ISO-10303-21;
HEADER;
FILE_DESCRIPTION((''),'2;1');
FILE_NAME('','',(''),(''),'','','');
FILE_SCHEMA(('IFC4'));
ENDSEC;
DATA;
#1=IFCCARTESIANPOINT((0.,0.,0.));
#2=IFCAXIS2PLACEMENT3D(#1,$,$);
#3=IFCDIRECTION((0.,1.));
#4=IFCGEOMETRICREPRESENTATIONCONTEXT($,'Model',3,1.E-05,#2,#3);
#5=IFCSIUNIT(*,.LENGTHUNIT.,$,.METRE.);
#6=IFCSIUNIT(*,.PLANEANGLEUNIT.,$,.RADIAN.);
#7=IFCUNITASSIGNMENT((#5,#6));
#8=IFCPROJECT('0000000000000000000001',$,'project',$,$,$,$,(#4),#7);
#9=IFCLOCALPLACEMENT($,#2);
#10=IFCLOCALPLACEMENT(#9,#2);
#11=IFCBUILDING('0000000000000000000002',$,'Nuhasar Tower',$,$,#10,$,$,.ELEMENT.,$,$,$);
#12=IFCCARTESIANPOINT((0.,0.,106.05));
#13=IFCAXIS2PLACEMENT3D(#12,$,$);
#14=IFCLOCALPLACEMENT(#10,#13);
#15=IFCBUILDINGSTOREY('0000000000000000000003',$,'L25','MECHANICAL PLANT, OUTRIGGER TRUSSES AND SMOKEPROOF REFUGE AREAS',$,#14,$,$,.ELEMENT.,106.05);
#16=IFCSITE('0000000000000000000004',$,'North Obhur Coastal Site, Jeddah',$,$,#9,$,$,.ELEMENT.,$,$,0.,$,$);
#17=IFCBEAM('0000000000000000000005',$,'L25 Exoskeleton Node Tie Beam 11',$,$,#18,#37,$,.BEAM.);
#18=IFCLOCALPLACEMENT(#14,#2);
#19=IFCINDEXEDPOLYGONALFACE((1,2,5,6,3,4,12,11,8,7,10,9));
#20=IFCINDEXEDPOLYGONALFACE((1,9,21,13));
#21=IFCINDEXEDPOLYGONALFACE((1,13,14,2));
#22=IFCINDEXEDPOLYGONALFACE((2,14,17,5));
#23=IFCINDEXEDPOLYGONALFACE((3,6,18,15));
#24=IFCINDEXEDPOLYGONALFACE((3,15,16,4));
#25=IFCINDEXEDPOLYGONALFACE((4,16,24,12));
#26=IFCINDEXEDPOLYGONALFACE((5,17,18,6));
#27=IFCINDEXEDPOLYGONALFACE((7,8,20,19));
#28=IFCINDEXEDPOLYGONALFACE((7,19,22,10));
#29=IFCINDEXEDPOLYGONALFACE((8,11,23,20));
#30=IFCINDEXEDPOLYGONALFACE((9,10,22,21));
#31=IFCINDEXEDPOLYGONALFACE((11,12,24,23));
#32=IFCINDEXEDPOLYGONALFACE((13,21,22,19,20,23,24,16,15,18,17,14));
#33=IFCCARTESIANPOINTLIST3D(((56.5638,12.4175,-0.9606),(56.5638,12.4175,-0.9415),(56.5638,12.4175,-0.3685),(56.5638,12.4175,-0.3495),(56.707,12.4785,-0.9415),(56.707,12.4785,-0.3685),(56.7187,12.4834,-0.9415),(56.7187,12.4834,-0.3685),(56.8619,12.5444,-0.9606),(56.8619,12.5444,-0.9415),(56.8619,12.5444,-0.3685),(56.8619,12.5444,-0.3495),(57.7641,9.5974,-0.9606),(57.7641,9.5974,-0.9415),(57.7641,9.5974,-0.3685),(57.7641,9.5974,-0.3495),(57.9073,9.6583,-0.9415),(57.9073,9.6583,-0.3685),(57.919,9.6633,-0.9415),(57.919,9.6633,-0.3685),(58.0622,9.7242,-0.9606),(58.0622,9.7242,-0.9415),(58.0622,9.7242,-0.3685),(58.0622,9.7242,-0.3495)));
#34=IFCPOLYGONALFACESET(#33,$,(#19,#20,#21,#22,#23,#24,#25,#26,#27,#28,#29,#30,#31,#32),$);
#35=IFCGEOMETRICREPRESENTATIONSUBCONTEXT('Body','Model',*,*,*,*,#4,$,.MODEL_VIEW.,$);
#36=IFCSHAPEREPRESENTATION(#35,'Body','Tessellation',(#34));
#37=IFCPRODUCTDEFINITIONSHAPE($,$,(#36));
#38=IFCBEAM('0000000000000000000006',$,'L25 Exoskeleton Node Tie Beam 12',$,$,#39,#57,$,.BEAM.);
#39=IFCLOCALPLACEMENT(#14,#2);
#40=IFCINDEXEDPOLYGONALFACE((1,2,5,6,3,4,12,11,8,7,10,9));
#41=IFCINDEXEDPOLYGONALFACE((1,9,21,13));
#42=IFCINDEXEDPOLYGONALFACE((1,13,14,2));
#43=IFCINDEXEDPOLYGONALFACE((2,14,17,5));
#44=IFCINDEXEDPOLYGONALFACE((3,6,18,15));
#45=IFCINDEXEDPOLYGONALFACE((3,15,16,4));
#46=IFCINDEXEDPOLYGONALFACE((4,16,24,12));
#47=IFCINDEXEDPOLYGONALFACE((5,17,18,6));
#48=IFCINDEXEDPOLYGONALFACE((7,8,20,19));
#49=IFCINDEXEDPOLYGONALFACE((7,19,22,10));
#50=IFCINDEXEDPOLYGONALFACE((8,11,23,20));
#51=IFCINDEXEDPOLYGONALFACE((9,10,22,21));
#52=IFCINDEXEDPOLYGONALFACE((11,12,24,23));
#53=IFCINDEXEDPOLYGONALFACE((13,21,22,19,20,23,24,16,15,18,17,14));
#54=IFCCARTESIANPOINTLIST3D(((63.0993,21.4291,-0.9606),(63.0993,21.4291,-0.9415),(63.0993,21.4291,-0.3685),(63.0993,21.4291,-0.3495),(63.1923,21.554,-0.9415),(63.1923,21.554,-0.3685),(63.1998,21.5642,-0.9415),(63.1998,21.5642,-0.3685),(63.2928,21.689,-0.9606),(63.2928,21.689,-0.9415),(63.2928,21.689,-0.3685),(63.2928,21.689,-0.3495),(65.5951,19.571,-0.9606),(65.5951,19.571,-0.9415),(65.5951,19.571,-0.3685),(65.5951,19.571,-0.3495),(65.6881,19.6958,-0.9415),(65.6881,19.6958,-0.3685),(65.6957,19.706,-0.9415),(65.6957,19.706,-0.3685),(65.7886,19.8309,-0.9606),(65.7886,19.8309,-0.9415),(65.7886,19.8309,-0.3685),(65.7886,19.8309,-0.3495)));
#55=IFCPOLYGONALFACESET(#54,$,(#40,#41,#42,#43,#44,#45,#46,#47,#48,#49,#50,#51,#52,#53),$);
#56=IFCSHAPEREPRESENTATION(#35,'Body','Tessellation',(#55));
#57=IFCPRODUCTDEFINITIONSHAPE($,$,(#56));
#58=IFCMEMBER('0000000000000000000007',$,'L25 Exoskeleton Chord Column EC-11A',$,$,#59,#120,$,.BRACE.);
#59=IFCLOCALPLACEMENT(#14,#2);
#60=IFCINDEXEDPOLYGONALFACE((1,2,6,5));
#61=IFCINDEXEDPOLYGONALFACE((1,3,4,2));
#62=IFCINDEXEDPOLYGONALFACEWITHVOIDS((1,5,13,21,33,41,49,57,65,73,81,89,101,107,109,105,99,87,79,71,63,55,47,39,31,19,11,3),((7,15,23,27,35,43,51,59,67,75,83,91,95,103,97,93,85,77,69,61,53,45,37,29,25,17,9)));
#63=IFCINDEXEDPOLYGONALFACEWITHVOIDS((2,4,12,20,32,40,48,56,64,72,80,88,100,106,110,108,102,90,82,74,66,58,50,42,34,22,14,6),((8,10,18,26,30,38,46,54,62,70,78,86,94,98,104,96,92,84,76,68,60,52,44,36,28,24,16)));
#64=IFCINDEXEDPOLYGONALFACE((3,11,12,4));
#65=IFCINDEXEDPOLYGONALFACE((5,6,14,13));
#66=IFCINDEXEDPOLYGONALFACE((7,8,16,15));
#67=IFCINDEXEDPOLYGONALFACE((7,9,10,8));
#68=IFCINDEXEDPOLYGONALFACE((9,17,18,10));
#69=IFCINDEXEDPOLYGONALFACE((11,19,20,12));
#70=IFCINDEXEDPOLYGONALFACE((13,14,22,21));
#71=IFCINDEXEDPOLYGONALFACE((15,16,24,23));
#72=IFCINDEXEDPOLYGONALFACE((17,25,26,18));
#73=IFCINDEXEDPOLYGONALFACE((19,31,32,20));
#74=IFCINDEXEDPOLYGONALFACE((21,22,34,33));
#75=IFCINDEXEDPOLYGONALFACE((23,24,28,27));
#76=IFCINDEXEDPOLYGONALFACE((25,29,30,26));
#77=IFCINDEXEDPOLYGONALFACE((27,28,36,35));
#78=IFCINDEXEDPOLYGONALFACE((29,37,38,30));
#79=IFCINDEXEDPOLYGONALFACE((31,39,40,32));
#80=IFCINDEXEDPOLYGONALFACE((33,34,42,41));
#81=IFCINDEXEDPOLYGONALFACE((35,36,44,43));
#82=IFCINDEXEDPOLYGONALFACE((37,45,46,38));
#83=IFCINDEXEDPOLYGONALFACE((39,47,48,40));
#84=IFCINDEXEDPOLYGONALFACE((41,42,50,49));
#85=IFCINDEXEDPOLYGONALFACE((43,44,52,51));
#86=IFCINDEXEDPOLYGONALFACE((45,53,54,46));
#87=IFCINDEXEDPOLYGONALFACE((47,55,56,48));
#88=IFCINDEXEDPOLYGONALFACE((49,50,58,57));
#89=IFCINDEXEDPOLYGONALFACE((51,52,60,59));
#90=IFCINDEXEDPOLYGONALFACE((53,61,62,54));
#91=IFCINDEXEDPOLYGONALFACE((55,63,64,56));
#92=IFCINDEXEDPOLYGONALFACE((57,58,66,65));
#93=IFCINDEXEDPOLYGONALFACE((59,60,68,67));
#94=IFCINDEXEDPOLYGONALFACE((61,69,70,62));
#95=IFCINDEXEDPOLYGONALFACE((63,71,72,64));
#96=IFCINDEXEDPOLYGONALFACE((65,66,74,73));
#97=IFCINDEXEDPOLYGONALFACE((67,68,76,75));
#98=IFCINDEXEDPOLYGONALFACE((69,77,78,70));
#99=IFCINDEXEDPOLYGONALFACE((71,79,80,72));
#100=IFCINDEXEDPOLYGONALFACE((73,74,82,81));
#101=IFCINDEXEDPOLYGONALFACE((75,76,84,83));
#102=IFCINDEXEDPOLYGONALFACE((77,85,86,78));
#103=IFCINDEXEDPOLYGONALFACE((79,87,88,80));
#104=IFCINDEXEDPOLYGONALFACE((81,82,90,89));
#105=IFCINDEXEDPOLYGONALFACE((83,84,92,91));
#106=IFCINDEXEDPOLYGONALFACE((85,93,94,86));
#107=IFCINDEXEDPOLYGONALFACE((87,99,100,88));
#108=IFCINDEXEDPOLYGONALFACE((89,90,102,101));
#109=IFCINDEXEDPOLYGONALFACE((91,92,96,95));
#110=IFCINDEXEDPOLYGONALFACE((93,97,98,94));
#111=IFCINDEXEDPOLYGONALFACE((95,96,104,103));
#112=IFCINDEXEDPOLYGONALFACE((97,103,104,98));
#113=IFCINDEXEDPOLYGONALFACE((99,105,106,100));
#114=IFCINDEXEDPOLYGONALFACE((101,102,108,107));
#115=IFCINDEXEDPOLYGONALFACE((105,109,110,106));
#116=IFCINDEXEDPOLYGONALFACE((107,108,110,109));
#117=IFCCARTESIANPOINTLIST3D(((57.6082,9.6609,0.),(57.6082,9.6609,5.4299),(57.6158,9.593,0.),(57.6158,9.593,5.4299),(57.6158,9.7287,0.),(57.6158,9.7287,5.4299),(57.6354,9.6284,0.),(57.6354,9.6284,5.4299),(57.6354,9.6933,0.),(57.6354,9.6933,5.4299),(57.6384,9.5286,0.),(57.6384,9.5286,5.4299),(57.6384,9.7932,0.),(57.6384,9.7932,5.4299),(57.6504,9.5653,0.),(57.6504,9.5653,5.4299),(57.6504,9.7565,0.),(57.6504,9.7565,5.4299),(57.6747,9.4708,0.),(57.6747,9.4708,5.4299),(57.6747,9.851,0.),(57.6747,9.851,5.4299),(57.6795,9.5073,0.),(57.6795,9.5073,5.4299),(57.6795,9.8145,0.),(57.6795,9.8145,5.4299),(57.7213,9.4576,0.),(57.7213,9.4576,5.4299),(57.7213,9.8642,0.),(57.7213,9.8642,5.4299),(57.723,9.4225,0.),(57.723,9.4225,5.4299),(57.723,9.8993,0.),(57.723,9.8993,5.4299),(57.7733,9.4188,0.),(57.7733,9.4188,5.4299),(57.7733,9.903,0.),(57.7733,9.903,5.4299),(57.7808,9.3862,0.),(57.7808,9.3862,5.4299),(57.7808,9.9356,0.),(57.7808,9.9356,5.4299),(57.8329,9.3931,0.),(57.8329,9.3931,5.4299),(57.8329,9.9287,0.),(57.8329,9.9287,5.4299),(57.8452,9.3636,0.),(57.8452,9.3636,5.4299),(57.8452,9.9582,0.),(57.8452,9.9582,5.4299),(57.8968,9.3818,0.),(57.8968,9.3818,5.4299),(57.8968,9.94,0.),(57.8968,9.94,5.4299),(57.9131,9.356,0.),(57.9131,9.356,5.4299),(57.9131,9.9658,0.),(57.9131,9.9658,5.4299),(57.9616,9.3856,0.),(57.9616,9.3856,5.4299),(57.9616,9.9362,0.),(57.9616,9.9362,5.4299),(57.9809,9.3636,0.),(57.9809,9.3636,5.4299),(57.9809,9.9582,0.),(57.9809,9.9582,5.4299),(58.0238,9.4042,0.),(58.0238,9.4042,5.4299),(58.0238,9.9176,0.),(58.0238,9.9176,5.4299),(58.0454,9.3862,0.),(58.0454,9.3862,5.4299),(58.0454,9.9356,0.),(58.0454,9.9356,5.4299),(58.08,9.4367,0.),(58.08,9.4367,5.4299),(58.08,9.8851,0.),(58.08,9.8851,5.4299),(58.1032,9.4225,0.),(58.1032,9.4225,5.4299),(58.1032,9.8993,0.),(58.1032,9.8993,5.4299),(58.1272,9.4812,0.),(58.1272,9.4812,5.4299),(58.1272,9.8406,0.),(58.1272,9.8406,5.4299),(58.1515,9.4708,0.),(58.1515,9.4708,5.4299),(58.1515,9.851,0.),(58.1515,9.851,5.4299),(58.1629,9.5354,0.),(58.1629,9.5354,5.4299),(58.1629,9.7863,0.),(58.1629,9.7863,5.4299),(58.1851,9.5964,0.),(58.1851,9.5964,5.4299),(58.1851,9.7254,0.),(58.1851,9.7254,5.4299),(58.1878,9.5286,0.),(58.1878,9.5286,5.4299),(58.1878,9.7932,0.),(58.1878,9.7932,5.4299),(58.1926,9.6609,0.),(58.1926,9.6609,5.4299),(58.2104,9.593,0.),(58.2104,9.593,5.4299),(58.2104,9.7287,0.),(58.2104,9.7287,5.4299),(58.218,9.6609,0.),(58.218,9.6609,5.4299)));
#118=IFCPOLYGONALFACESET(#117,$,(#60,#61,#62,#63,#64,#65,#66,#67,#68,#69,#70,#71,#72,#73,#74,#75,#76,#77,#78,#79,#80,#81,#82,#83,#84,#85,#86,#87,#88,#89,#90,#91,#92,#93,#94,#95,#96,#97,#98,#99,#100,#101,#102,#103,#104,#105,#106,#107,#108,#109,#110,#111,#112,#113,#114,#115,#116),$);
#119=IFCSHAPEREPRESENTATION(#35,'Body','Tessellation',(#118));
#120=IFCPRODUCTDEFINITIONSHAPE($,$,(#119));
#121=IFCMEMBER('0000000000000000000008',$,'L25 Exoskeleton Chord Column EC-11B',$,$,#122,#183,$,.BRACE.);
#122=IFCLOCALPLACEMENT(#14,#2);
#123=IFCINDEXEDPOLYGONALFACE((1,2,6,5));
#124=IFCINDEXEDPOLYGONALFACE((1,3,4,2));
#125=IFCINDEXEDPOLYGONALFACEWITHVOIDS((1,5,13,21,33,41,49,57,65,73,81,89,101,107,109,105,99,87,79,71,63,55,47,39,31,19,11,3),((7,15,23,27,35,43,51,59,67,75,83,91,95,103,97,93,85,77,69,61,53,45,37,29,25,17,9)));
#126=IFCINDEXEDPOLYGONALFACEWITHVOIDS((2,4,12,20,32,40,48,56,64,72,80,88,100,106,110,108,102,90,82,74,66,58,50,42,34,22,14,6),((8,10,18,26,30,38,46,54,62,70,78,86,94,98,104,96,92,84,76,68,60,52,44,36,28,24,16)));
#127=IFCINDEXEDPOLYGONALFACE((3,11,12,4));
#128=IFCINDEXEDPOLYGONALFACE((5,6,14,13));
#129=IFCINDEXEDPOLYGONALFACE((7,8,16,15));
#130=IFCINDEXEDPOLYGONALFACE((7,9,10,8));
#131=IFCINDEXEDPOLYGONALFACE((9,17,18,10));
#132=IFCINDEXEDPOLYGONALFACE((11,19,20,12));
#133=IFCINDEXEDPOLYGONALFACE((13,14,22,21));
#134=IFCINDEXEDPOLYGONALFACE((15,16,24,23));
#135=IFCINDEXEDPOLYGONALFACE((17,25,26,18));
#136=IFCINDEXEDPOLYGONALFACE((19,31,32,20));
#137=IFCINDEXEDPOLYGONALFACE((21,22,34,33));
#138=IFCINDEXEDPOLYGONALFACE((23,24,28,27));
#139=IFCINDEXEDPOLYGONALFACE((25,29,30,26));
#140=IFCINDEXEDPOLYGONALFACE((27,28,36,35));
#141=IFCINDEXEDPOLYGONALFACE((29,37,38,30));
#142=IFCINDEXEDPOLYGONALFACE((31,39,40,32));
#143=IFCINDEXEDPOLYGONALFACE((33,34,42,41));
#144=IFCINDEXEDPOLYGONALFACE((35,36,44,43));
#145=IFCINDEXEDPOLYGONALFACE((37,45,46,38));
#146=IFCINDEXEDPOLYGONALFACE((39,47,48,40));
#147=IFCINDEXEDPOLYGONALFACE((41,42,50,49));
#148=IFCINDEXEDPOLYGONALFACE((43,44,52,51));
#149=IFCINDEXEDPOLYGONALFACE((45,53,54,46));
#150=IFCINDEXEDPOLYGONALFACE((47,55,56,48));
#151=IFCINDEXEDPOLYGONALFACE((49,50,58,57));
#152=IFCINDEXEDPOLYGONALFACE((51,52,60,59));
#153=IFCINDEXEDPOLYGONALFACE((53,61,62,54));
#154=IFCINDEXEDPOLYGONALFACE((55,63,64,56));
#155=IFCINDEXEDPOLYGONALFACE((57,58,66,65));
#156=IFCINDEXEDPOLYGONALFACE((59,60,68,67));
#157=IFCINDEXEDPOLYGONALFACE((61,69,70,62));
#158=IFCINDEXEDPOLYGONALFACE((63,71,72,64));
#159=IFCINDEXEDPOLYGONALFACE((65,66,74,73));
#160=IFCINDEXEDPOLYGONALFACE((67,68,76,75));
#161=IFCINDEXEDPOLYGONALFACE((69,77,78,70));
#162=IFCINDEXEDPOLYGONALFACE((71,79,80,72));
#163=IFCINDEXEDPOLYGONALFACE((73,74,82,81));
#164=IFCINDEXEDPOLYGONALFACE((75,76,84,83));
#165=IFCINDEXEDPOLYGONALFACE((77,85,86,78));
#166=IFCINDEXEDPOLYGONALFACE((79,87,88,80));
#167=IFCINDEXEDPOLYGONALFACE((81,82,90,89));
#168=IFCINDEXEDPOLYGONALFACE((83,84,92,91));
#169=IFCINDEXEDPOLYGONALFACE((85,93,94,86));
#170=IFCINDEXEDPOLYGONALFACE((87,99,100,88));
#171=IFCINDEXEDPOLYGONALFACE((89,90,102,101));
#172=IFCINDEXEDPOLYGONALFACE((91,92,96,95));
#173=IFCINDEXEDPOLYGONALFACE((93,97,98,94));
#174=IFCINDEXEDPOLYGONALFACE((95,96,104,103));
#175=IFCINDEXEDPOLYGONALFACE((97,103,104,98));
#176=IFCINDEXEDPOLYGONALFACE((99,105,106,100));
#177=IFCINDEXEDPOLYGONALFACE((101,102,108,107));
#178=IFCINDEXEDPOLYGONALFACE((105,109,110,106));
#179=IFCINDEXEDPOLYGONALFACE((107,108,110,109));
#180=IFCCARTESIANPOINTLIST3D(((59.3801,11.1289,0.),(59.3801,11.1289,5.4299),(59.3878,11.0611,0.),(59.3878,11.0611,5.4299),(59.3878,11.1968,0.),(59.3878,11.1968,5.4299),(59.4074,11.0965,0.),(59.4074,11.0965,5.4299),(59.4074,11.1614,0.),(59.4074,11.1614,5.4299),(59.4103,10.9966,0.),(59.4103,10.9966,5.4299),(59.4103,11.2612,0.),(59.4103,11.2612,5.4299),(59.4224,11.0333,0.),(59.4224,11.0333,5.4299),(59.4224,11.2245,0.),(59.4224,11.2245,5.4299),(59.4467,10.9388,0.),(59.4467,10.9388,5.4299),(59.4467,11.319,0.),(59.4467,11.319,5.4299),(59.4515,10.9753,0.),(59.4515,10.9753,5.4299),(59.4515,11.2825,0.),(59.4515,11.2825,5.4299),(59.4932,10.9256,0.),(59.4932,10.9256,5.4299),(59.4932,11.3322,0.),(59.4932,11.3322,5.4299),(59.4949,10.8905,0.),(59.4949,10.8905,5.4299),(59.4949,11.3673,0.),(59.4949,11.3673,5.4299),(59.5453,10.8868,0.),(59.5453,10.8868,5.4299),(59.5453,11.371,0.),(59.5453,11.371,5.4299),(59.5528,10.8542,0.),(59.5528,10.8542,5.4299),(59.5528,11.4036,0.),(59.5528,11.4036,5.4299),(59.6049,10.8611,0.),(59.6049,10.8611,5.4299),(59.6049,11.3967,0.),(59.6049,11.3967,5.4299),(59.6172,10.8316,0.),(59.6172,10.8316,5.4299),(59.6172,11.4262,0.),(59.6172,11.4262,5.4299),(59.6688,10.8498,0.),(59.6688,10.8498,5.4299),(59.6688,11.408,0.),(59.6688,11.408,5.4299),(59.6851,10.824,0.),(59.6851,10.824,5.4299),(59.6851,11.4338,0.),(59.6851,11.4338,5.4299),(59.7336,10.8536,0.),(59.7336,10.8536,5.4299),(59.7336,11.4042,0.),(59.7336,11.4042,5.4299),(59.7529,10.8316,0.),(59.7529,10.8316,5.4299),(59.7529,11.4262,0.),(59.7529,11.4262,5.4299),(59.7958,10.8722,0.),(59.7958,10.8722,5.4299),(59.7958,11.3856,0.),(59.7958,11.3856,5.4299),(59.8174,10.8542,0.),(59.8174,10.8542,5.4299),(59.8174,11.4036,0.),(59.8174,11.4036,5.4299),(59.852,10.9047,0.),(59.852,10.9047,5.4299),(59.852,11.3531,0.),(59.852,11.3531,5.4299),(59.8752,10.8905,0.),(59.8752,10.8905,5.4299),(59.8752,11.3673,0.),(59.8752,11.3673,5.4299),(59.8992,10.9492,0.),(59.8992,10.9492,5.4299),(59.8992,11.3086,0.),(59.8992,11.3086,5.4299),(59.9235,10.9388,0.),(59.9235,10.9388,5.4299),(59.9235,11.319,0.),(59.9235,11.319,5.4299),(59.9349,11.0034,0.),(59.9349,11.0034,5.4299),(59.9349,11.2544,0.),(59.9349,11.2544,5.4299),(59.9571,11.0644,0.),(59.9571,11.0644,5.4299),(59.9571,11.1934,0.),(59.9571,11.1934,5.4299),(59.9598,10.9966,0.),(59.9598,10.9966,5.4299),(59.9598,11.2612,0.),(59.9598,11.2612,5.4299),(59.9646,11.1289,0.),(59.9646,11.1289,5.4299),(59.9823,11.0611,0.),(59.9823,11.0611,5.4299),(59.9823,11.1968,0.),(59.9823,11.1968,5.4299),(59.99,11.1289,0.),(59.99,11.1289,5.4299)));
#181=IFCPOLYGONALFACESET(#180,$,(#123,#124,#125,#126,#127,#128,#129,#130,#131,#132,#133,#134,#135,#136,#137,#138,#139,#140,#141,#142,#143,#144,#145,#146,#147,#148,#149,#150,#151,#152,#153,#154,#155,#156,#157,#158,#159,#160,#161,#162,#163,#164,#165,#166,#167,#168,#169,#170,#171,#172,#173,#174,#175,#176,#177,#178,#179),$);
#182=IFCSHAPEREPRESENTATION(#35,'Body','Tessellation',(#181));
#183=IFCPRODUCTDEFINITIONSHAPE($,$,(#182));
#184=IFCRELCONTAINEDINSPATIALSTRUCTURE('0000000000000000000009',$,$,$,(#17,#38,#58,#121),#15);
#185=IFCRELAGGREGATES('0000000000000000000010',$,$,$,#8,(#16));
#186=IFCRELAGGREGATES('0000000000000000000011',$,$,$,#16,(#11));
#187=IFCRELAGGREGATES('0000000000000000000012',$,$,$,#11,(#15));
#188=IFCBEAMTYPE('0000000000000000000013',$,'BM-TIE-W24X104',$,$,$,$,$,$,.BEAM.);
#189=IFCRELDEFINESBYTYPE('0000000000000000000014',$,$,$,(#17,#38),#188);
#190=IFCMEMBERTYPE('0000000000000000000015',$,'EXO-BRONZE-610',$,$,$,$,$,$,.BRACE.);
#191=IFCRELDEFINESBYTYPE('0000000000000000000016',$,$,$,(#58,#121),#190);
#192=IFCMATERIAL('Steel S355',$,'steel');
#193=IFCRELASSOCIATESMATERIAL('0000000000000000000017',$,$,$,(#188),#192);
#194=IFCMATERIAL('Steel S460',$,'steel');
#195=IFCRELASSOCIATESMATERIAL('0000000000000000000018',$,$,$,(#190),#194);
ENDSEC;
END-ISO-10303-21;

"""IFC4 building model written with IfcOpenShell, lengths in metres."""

from ifc_helpers import new_model, si_unit, direction, frame, origin, origin_2d, place, context, subcontext, project, spatial, hollow_circle, i_section, extrude, material, material_profile, profile_set, type_object, element, save


model = new_model("IFC4")

# Units and contexts
model_context = context("Model", 3, precision=1e-05, world=origin(), true_north=direction((0.0, 1.0)))
body_context = subcontext(model_context, "Body", "Model", "MODEL_VIEW")
ifc_project = project(units=[si_unit("LENGTHUNIT", "METRE"), si_unit("PLANEANGLEUNIT", "RADIAN")], contexts=[model_context])

# Site, building, storey
site_placement = place(None, origin())
site = spatial("IfcSite", under=ifc_project, at=site_placement, Name="North Obhur Coastal Site, Jeddah", CompositionType="ELEMENT", RefElevation=0.0)
building_placement = place(site_placement, origin())
building = spatial("IfcBuilding", under=site, at=building_placement, Name="Nuhasar Tower", CompositionType="ELEMENT")
storey_placement = place(building_placement, frame((0.0, 0.0, 106.05)))
storey = spatial("IfcBuildingStorey", under=building, at=storey_placement, Name="L25", Description="MECHANICAL PLANT, OUTRIGGER TRUSSES AND SMOKEPROOF REFUGE AREAS", CompositionType="ELEMENT", Elevation=106.05)

# Shared definitions
ifc_material_1 = material(Name="Steel S460", Category="steel")

# Beams
ifc_material_2 = material(Name="Steel S355", Category="steel")
ifc_material_profile_1 = material_profile(ifc_material_2, i_section(OverallWidth=0.324, OverallDepth=0.6111, WebThickness=0.0127, FlangeThickness=0.019, at=origin_2d()), Name="W24X104")
ifc_profile_set_1 = profile_set([ifc_material_profile_1], Name="Steel S355")
beam_type_1 = type_object("IfcBeamType", Name="BM-TIE-W24X104", PredefinedType="BEAM", material=ifc_profile_set_1)
beam_1_placement = place(storey_placement, frame((56.7129, 12.481, -0.655), z_axis=(0.391601, -0.920135, 0.0), x_axis=(0.920135, 0.391601, 0.0)))
element("IfcBeam", 1, at=beam_1_placement, inside=storey, type_object=beam_type_1, Name="L25 Exoskeleton Node Tie Beam 11", PredefinedType="BEAM", context=body_context, shape_type="SweptSolid", body=[
    extrude(i_section(OverallWidth=0.324, OverallDepth=0.6111, WebThickness=0.0127, FlangeThickness=0.019, at=origin_2d()), origin(), (0.0, 0.0, 1.0), 3.0649),
])
beam_2_placement = place(storey_placement, frame((63.196, 21.5591, -0.655), z_axis=(0.802113, -0.597172, 0.0), x_axis=(0.597172, 0.802113, 0.0)))
element("IfcBeam", 2, at=beam_2_placement, inside=storey, type_object=beam_type_1, Name="L25 Exoskeleton Node Tie Beam 12", PredefinedType="BEAM", context=body_context, shape_type="SweptSolid", body=[
    extrude(i_section(OverallWidth=0.324, OverallDepth=0.6111, WebThickness=0.0127, FlangeThickness=0.019, at=origin_2d()), origin(), (0.0, 0.0, 1.0), 3.1116),
])

# Members
ifc_material_profile_2 = material_profile(ifc_material_1, hollow_circle(Radius=0.3049, WallThickness=0.0254, at=origin_2d()), Name="HSS610X25.4")
ifc_profile_set_2 = profile_set([ifc_material_profile_2], Name="Steel S460")
member_type_1 = type_object("IfcMemberType", Name="EXO-BRONZE-610", PredefinedType="BRACE", material=ifc_profile_set_2)
for number, where, z_axis, x_axis, name in (
    (3, (57.9131, 9.6609, 0.0), (0.0, 0.0, 1.0), (1.0, 0.0, 0.0), "L25 Exoskeleton Chord Column EC-11A"),
    (4, (59.6851, 11.1289, 0.0), (0.0, 0.0, 1.0), (1.0, 0.0, 0.0), "L25 Exoskeleton Chord Column EC-11B"),
):
    element("IfcMember", number, at=place(storey_placement, frame(where, z_axis=z_axis, x_axis=x_axis)), inside=storey, type_object=member_type_1, Name=name, PredefinedType="BRACE", context=body_context, shape_type="SweptSolid", body=[
        extrude(hollow_circle(Radius=0.3049, WallThickness=0.0254, at=origin_2d()), origin(), (0.0, 0.0, 1.0), 5.4299),
    ])

save(model, "model.ifc")
